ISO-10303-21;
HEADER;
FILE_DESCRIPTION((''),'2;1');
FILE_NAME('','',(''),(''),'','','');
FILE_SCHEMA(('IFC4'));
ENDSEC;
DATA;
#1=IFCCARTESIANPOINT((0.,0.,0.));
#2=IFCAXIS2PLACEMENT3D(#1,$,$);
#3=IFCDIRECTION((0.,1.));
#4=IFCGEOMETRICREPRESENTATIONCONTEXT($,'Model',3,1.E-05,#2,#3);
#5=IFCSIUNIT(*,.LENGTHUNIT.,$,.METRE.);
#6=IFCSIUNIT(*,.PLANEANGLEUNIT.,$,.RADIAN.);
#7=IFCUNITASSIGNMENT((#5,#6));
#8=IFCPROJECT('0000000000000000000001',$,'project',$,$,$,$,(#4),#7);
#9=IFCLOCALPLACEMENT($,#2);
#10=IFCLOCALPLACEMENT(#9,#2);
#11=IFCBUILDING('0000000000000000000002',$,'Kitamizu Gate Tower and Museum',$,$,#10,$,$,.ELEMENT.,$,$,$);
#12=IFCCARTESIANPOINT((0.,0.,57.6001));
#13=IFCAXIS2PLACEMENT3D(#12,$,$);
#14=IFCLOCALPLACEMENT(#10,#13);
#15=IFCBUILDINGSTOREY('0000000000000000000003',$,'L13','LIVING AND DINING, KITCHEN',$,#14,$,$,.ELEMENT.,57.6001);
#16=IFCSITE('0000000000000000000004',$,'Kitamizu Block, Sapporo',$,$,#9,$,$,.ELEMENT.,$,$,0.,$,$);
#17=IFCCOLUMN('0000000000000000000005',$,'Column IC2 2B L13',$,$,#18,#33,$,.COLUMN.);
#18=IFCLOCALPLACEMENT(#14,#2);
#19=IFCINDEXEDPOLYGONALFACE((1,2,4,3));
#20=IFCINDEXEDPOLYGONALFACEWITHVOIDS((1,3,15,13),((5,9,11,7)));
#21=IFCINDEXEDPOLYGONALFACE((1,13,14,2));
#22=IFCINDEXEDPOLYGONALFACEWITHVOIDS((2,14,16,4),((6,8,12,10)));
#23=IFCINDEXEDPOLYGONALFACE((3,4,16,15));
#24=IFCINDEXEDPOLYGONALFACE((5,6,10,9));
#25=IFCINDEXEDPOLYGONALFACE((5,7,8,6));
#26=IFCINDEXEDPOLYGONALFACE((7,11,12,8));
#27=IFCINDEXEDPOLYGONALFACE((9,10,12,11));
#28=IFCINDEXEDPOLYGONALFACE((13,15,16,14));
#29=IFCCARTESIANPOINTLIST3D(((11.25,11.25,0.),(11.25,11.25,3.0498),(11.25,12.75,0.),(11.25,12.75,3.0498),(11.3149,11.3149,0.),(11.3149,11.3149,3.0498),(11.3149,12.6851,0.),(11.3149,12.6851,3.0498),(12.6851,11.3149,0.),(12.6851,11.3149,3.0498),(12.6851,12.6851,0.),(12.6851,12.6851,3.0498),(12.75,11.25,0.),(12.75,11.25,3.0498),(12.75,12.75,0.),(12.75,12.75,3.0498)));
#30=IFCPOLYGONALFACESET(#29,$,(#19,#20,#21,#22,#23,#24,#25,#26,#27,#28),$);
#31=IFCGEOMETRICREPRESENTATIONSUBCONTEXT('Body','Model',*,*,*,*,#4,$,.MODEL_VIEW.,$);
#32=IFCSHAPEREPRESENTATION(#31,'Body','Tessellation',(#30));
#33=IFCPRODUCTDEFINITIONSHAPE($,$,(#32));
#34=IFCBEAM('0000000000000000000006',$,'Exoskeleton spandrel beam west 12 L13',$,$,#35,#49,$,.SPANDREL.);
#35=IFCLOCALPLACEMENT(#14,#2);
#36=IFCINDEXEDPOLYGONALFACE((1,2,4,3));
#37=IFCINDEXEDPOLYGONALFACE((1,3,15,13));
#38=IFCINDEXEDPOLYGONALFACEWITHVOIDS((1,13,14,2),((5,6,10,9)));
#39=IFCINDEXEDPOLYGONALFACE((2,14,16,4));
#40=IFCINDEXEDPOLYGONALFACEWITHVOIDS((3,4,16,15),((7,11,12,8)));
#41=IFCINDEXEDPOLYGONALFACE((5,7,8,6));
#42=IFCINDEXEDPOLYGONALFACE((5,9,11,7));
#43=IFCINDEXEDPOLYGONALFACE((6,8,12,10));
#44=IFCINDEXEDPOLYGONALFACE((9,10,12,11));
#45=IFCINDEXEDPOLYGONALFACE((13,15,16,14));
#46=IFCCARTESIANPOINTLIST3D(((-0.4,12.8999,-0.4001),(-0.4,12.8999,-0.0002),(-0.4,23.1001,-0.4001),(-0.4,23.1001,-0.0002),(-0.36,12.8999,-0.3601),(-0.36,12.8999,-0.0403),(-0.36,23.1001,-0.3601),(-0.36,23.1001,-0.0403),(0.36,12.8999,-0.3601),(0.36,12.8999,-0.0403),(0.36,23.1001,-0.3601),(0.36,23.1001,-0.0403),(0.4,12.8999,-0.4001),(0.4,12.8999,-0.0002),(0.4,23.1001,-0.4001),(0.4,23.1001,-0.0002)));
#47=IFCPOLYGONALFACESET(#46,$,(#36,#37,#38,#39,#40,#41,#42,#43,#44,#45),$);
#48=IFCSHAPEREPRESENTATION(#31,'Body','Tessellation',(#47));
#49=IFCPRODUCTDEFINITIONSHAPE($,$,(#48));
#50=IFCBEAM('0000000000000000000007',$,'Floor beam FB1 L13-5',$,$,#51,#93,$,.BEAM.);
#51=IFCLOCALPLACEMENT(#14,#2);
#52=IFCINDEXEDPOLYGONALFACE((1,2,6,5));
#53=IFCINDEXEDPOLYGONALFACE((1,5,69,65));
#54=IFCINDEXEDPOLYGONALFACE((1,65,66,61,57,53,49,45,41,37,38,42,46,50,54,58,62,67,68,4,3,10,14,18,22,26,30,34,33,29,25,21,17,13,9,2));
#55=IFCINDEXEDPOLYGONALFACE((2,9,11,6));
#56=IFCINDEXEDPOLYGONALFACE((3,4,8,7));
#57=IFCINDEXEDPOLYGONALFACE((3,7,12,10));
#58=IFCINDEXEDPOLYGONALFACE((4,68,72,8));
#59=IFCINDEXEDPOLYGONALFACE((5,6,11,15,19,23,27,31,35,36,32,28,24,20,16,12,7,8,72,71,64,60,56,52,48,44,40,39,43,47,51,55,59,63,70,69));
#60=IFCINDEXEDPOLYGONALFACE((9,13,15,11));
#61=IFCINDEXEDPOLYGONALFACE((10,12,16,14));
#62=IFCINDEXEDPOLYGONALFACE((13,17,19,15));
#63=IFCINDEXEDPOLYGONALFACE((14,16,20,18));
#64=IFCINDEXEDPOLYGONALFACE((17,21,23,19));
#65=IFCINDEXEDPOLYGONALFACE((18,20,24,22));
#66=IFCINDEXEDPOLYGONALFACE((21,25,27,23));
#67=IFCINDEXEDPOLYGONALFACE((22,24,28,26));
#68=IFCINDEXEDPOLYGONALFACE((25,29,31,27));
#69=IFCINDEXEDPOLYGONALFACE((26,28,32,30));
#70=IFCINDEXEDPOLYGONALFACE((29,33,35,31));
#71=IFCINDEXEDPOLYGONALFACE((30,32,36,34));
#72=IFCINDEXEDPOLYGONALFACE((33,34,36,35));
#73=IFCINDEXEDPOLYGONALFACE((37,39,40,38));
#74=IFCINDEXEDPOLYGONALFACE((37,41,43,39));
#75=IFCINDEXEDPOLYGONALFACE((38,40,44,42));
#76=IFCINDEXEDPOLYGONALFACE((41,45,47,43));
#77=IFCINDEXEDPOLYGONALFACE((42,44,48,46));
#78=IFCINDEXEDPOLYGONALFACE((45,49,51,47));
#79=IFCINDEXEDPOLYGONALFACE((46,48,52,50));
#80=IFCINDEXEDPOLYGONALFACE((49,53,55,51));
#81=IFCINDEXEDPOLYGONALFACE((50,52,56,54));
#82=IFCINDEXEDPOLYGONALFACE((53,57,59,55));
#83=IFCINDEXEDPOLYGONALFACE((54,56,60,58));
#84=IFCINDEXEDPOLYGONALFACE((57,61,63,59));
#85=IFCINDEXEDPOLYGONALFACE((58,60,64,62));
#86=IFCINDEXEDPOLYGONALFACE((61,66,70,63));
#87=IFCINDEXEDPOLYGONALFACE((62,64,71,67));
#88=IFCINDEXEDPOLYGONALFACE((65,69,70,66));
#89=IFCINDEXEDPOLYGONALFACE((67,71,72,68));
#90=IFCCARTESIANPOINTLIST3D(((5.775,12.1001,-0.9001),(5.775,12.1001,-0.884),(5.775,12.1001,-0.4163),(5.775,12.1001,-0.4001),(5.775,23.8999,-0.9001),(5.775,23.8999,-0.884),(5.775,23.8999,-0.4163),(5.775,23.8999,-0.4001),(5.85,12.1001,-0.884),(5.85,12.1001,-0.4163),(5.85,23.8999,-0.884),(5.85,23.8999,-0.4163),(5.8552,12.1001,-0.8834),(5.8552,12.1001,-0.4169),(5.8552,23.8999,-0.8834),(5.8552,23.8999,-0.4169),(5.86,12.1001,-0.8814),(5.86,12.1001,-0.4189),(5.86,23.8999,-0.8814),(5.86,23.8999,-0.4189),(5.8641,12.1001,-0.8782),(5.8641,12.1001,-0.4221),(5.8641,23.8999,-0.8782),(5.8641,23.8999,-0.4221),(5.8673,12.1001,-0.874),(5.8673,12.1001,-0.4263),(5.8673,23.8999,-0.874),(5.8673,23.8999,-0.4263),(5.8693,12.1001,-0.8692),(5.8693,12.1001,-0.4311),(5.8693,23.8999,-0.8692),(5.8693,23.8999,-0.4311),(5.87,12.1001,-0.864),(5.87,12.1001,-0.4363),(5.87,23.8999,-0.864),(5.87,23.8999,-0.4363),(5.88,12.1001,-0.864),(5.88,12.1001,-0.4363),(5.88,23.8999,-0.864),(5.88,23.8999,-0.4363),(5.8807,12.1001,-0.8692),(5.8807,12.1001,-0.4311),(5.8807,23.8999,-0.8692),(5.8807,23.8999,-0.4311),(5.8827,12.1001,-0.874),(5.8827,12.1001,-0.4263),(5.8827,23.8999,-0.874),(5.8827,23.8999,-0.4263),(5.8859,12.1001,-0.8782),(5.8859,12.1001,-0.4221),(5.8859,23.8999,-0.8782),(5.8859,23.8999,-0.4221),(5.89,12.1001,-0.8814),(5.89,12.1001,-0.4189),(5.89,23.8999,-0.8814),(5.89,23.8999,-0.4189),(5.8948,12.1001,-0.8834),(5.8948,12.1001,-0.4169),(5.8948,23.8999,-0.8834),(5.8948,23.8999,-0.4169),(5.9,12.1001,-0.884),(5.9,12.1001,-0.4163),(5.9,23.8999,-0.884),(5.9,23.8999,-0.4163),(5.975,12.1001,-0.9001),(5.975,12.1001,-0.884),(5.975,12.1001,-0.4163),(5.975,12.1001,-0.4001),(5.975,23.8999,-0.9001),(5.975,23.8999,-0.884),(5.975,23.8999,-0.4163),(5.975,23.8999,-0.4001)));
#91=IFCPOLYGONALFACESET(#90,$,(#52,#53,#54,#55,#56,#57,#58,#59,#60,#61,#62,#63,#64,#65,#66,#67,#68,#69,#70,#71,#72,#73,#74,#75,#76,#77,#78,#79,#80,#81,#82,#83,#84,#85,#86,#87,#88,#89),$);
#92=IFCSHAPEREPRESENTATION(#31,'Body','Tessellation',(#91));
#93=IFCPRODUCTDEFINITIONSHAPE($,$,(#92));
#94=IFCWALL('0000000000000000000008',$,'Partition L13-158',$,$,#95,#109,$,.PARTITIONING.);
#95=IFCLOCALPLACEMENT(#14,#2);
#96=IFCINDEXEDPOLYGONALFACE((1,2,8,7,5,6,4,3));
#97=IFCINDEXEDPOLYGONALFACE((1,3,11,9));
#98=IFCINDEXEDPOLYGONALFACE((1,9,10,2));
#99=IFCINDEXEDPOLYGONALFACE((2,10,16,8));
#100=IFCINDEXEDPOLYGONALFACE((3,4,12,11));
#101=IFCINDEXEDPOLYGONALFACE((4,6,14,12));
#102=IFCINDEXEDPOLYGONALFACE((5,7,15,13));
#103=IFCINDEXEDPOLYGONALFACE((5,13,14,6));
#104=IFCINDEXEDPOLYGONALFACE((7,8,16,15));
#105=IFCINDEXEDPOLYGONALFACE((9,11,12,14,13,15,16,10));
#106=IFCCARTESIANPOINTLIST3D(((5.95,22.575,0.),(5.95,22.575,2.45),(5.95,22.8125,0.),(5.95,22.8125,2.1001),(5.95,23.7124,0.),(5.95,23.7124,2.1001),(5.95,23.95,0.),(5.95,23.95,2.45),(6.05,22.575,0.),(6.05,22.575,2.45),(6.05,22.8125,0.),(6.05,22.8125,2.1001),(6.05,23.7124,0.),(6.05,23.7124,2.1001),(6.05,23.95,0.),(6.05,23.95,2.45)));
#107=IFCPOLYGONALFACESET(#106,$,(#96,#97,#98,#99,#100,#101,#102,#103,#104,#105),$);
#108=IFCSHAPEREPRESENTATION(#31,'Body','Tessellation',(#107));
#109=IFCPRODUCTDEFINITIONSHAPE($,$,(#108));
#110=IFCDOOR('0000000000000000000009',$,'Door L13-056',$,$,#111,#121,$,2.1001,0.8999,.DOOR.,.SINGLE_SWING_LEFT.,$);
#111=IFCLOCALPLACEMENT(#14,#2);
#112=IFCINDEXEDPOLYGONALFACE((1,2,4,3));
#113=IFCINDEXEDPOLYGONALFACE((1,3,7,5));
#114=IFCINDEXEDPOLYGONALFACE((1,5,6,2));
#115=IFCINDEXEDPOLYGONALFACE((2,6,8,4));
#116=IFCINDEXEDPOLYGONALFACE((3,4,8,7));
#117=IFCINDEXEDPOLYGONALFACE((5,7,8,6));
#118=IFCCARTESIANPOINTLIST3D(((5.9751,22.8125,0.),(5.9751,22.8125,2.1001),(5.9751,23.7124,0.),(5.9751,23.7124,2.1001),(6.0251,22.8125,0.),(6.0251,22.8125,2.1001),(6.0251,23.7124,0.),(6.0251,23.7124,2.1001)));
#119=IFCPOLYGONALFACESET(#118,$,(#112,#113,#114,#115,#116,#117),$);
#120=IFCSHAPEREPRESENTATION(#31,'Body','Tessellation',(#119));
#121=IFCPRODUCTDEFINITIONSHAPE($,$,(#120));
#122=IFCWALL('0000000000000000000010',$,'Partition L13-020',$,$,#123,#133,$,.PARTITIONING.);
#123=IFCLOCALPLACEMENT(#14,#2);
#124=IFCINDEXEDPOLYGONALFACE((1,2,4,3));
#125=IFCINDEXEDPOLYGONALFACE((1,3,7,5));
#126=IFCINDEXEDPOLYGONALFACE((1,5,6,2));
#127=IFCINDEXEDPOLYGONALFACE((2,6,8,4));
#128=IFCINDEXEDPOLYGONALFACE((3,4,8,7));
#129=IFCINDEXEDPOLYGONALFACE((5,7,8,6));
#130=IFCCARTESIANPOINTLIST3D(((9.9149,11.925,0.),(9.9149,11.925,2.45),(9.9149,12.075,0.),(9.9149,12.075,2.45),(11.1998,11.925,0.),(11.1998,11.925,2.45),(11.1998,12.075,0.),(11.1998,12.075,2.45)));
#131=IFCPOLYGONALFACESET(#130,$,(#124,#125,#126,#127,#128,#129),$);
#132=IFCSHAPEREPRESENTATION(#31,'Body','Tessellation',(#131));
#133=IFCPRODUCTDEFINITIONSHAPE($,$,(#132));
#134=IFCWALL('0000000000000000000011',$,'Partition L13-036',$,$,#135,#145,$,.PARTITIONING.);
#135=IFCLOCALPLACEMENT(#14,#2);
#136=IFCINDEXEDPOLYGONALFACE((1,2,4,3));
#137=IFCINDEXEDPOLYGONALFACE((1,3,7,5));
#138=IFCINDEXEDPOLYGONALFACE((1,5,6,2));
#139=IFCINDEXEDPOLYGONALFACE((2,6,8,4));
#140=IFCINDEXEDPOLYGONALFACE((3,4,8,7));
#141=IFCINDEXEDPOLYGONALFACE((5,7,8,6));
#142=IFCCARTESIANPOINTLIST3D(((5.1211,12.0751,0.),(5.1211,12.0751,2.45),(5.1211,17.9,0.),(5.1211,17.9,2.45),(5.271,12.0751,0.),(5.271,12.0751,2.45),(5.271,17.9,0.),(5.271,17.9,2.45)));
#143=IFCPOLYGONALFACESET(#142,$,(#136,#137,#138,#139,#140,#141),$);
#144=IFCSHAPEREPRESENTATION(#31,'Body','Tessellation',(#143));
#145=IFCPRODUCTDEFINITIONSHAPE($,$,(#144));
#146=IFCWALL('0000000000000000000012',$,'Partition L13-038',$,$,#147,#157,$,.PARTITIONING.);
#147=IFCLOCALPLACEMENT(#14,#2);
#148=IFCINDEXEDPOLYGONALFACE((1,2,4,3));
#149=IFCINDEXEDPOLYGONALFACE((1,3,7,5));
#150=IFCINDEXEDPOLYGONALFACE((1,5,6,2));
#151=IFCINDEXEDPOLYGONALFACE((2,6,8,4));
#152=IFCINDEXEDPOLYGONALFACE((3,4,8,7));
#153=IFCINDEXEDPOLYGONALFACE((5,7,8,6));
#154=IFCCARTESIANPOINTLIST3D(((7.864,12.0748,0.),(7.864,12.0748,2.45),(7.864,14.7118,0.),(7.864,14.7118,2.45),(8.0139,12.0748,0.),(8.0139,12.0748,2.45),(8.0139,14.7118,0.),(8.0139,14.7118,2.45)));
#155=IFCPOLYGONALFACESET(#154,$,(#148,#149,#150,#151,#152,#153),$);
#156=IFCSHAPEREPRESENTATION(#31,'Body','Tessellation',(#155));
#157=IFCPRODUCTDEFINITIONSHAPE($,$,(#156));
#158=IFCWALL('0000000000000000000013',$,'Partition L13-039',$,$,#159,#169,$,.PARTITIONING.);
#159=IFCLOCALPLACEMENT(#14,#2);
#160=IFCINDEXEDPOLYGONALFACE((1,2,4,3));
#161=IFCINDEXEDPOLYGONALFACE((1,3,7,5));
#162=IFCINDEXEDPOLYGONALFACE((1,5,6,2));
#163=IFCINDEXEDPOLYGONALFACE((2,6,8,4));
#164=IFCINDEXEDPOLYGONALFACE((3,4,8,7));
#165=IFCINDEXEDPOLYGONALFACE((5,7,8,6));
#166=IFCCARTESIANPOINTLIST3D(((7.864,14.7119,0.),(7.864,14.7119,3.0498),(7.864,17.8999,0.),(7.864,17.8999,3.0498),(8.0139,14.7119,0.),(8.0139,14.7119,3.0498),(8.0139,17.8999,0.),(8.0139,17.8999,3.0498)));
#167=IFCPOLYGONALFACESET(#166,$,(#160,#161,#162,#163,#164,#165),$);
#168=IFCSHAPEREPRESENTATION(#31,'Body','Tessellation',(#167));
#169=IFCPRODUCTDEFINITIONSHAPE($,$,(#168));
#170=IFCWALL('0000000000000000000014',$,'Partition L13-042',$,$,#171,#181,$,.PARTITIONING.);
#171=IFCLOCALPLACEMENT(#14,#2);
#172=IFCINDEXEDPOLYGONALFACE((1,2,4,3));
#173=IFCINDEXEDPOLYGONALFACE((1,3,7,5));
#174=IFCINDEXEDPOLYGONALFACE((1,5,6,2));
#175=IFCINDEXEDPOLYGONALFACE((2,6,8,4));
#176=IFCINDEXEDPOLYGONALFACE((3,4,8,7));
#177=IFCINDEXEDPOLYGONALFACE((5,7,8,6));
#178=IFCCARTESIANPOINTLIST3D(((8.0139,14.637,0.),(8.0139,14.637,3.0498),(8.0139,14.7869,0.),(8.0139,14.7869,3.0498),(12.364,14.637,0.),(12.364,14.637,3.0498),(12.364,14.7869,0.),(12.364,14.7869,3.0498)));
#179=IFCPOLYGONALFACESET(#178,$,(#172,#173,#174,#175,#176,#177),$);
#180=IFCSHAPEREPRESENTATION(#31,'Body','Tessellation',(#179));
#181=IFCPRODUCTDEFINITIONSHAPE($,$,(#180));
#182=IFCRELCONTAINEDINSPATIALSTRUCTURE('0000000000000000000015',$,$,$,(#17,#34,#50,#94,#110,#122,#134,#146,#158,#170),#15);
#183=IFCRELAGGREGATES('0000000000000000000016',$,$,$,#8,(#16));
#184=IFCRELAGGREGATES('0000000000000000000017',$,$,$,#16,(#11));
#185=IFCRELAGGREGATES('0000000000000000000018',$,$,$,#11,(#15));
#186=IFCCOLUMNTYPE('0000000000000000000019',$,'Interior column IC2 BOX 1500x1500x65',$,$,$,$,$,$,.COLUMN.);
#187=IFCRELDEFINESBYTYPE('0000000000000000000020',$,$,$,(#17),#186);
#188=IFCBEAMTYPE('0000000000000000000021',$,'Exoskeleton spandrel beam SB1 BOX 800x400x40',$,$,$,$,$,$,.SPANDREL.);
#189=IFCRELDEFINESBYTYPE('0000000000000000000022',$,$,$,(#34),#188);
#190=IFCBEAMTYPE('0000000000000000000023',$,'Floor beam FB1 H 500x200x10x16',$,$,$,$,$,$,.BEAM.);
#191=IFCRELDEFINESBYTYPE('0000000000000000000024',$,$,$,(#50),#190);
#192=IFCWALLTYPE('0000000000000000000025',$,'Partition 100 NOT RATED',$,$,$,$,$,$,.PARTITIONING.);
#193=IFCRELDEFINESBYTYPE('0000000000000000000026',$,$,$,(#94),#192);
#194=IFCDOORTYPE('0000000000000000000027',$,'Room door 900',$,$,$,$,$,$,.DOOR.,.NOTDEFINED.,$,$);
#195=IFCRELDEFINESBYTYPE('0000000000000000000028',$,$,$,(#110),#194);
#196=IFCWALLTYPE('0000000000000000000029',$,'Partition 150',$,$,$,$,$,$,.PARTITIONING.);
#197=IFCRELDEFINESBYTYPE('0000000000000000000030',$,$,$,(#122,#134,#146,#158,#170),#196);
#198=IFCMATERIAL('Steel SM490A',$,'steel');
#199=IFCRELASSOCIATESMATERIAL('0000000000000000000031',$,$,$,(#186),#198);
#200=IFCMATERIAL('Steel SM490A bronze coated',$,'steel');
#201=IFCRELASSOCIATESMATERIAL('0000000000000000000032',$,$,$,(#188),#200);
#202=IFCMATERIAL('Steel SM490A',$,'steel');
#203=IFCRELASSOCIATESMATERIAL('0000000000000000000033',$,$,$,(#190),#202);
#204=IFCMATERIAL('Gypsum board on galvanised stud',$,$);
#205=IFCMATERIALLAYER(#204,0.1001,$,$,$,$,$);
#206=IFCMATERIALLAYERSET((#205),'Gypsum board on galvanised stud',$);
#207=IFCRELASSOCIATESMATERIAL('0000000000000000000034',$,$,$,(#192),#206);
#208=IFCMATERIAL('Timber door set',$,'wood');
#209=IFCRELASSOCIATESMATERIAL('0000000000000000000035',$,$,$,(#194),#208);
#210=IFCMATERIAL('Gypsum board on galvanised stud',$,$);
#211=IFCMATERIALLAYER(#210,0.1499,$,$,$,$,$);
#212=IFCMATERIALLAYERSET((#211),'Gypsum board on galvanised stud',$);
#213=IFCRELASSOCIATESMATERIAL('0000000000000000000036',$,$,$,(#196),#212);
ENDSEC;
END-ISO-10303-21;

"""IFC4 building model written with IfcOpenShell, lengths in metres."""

from ifc_helpers import new_model, si_unit, direction, frame, frame_2d, origin, origin_2d, place, context, subcontext, project, spatial, rectangle, hollow_rectangle, i_section, extrude, material, layer, layer_set, material_profile, profile_set, type_object, element, fill, save


model = new_model("IFC4")

# Units and contexts
model_context = context("Model", 3, precision=1e-05, world=origin(), true_north=direction((0.0, 1.0)))
body_context = subcontext(model_context, "Body", "Model", "MODEL_VIEW")
ifc_project = project(units=[si_unit("LENGTHUNIT", "METRE"), si_unit("PLANEANGLEUNIT", "RADIAN")], contexts=[model_context])

# Site, building, storey
site_placement = place(None, origin())
site = spatial("IfcSite", under=ifc_project, at=site_placement, Name="Kitamizu Block, Sapporo", CompositionType="ELEMENT", RefElevation=0.0)
building_placement = place(site_placement, origin())
building = spatial("IfcBuilding", under=site, at=building_placement, Name="Kitamizu Gate Tower and Museum", CompositionType="ELEMENT")
storey_placement = place(building_placement, frame((0.0, 0.0, 57.6001)))
storey = spatial("IfcBuildingStorey", under=building, at=storey_placement, Name="L13", Description="LIVING AND DINING, KITCHEN", CompositionType="ELEMENT", Elevation=57.6001)

# Column
ifc_material_1 = material(Name="Steel SM490A", Category="steel")
ifc_material_profile_1 = material_profile(ifc_material_1, hollow_rectangle(XDim=1.5, YDim=1.5, WallThickness=0.0649, at=origin_2d()), Name="BOX 1500x1500x65")
ifc_profile_set_1 = profile_set([ifc_material_profile_1], Name="Steel SM490A")
column_type = type_object("IfcColumnType", Name="Interior column IC2 BOX 1500x1500x65", PredefinedType="COLUMN", material=ifc_profile_set_1)
column_placement = place(storey_placement, frame((12.0, 12.0, 0.0), z_axis=(0.0, 0.0, 1.0), x_axis=(1.0, 0.0, 0.0)))
element("IfcColumn", 1, at=column_placement, inside=storey, type_object=column_type, Name="Column IC2 2B L13", PredefinedType="COLUMN", context=body_context, shape_type="SweptSolid", body=[
    extrude(hollow_rectangle(XDim=1.5, YDim=1.5, WallThickness=0.0649, at=origin_2d()), origin(), (0.0, 0.0, 1.0), 3.0498),
])

# Beams
ifc_material_2 = material(Name="Steel SM490A bronze coated", Category="steel")
ifc_material_profile_2 = material_profile(ifc_material_2, hollow_rectangle(XDim=0.8, YDim=0.3999, WallThickness=0.04, at=origin_2d()), Name="BOX 800x400x40")
ifc_profile_set_2 = profile_set([ifc_material_profile_2], Name="Steel SM490A bronze coated")
beam_type_1 = type_object("IfcBeamType", Name="Exoskeleton spandrel beam SB1 BOX 800x400x40", PredefinedType="SPANDREL", material=ifc_profile_set_2)
beam_1_placement = place(storey_placement, frame((0.0, 12.8999, -0.2002), z_axis=(0.0, 1.0, 0.0), x_axis=(-1.0, 0.0, 0.0)))
element("IfcBeam", 2, at=beam_1_placement, inside=storey, type_object=beam_type_1, Name="Exoskeleton spandrel beam west 12 L13", PredefinedType="SPANDREL", context=body_context, shape_type="SweptSolid", body=[
    extrude(hollow_rectangle(XDim=0.8, YDim=0.3999, WallThickness=0.04, at=origin_2d()), origin(), (0.0, 0.0, 1.0), 10.2002),
])
ifc_material_3 = material(Name="Steel SM490A", Category="steel")
ifc_material_profile_3 = material_profile(ifc_material_3, i_section(OverallWidth=0.2, OverallDepth=0.5, WebThickness=0.01, FlangeThickness=0.0161, FilletRadius=0.02, at=origin_2d()), Name="H-500x200x10x16")
ifc_profile_set_3 = profile_set([ifc_material_profile_3], Name="Steel SM490A")
beam_type_2 = type_object("IfcBeamType", Name="Floor beam FB1 H 500x200x10x16", PredefinedType="BEAM", material=ifc_profile_set_3)
beam_2_placement = place(storey_placement, frame((5.875, 12.1001, -0.6501), z_axis=(0.0, 1.0, 0.0), x_axis=(-1.0, 0.0, 0.0)))
element("IfcBeam", 3, at=beam_2_placement, inside=storey, type_object=beam_type_2, Name="Floor beam FB1 L13-5", PredefinedType="BEAM", context=body_context, shape_type="SweptSolid", body=[
    extrude(i_section(OverallWidth=0.2, OverallDepth=0.5, WebThickness=0.01, FlangeThickness=0.0161, FilletRadius=0.02, at=origin_2d()), origin(), (0.0, 0.0, 1.0), 11.7998),
])

# Wall, opening, door
ifc_material_4 = material(Name="Gypsum board on galvanised stud")
ifc_layer_1 = layer(ifc_material_4, 0.1001)
ifc_layer_set_1 = layer_set([ifc_layer_1], Name="Gypsum board on galvanised stud")
wall_type_1 = type_object("IfcWallType", Name="Partition 100 NOT RATED", PredefinedType="PARTITIONING", material=ifc_layer_set_1)
wall_1_placement = place(storey_placement, frame((6.0, 22.575, 0.0), z_axis=(0.0, 0.0, 1.0), x_axis=(0.0, 1.0, 0.0)))
wall_1 = element("IfcWall", 4, at=wall_1_placement, inside=storey, type_object=wall_type_1, Name="Partition L13-158", PredefinedType="PARTITIONING", context=body_context, shape_type="SweptSolid", body=[
    extrude(rectangle(XDim=1.375, YDim=0.1001, at=frame_2d((0.6875, 0.0))), origin(), (0.0, 0.0, 1.0), 2.45),
])
opening_1_placement = place(wall_1_placement, frame((0.2375, 0.0, 0.0)))
opening_1 = element("IfcOpeningElement", 5, at=opening_1_placement, cuts=wall_1, PredefinedType="OPENING", context=body_context, shape_type="SweptSolid", body=[
    extrude(rectangle(XDim=0.8999, YDim=2.1001, at=frame_2d((0.45, 1.05))), frame((0.0, 0.0601, 0.0), z_axis=(0.0, -1.0, 0.0), x_axis=(1.0, 0.0, 0.0)), (0.0, 0.0, 1.0), 0.1201),
])
ifc_material_5 = material(Name="Timber door set", Category="wood")
door_type_1 = type_object("IfcDoorType", Name="Room door 900", OperationType="NOTDEFINED", PredefinedType="DOOR", material=ifc_material_5)
door_1_placement = place(opening_1_placement, origin())
door_1 = element("IfcDoor", 6, at=door_1_placement, inside=storey, type_object=door_type_1, Name="Door L13-056", OperationType="SINGLE_SWING_LEFT", OverallHeight=2.1001, OverallWidth=0.8999, PredefinedType="DOOR", context=body_context, shape_type="SweptSolid", body=[
    extrude(rectangle(XDim=0.8999, YDim=2.1001, at=frame_2d((0.45, 1.05))), frame((0.0, 0.0249, 0.0), z_axis=(0.0, -1.0, 0.0), x_axis=(1.0, 0.0, 0.0)), (0.0, 0.0, 1.0), 0.05),
])
fill(opening_1, door_1)

# Walls
ifc_material_6 = material(Name="Gypsum board on galvanised stud")
ifc_layer_2 = layer(ifc_material_6, 0.1499)
ifc_layer_set_2 = layer_set([ifc_layer_2], Name="Gypsum board on galvanised stud")
wall_type_2 = type_object("IfcWallType", Name="Partition 150", PredefinedType="PARTITIONING", material=ifc_layer_set_2)
wall_2_placement = place(storey_placement, frame((11.2, 12.0, 0.0), z_axis=(0.0, 0.0, 1.0), x_axis=(-1.0, 0.0, 0.0)))
element("IfcWall", 7, at=wall_2_placement, inside=storey, type_object=wall_type_2, Name="Partition L13-020", PredefinedType="PARTITIONING", context=body_context, shape_type="SweptSolid", body=[
    extrude(rectangle(XDim=1.2849, YDim=0.1499, at=frame_2d((0.6426, 0.0))), origin(), (0.0, 0.0, 1.0), 2.45),
])
wall_3_placement = place(storey_placement, frame((5.196, 12.075, 0.0), z_axis=(0.0, 0.0, 1.0), x_axis=(0.0, 1.0, 0.0)))
element("IfcWall", 8, at=wall_3_placement, inside=storey, type_object=wall_type_2, Name="Partition L13-036", PredefinedType="PARTITIONING", context=body_context, shape_type="SweptSolid", body=[
    extrude(rectangle(XDim=5.825, YDim=0.1499, at=frame_2d((2.9126, 0.0))), origin(), (0.0, 0.0, 1.0), 2.45),
])
wall_4_placement = place(storey_placement, frame((7.939, 12.075, 0.0), z_axis=(0.0, 0.0, 1.0), x_axis=(0.0, 1.0, 0.0)))
element("IfcWall", 9, at=wall_4_placement, inside=storey, type_object=wall_type_2, Name="Partition L13-038", PredefinedType="PARTITIONING", context=body_context, shape_type="SweptSolid", body=[
    extrude(rectangle(XDim=2.637, YDim=0.1499, at=frame_2d((1.3184, 0.0))), origin(), (0.0, 0.0, 1.0), 2.45),
])
wall_5_placement = place(storey_placement, frame((7.939, 14.7119, 0.0), z_axis=(0.0, 0.0, 1.0), x_axis=(0.0, 1.0, 0.0)))
element("IfcWall", 10, at=wall_5_placement, inside=storey, type_object=wall_type_2, Name="Partition L13-039", PredefinedType="PARTITIONING", context=body_context, shape_type="SweptSolid", body=[
    extrude(rectangle(XDim=3.188, YDim=0.1499, at=frame_2d((1.594, 0.0))), origin(), (0.0, 0.0, 1.0), 3.0498),
])
wall_6_placement = place(storey_placement, frame((12.364, 14.7119, 0.0), z_axis=(0.0, 0.0, 1.0), x_axis=(-1.0, 0.0, 0.0)))
element("IfcWall", 11, at=wall_6_placement, inside=storey, type_object=wall_type_2, Name="Partition L13-042", PredefinedType="PARTITIONING", context=body_context, shape_type="SweptSolid", body=[
    extrude(rectangle(XDim=4.3501, YDim=0.1499, at=frame_2d((2.175, 0.0))), origin(), (0.0, 0.0, 1.0), 3.0498),
])

save(model, "model.ifc")
